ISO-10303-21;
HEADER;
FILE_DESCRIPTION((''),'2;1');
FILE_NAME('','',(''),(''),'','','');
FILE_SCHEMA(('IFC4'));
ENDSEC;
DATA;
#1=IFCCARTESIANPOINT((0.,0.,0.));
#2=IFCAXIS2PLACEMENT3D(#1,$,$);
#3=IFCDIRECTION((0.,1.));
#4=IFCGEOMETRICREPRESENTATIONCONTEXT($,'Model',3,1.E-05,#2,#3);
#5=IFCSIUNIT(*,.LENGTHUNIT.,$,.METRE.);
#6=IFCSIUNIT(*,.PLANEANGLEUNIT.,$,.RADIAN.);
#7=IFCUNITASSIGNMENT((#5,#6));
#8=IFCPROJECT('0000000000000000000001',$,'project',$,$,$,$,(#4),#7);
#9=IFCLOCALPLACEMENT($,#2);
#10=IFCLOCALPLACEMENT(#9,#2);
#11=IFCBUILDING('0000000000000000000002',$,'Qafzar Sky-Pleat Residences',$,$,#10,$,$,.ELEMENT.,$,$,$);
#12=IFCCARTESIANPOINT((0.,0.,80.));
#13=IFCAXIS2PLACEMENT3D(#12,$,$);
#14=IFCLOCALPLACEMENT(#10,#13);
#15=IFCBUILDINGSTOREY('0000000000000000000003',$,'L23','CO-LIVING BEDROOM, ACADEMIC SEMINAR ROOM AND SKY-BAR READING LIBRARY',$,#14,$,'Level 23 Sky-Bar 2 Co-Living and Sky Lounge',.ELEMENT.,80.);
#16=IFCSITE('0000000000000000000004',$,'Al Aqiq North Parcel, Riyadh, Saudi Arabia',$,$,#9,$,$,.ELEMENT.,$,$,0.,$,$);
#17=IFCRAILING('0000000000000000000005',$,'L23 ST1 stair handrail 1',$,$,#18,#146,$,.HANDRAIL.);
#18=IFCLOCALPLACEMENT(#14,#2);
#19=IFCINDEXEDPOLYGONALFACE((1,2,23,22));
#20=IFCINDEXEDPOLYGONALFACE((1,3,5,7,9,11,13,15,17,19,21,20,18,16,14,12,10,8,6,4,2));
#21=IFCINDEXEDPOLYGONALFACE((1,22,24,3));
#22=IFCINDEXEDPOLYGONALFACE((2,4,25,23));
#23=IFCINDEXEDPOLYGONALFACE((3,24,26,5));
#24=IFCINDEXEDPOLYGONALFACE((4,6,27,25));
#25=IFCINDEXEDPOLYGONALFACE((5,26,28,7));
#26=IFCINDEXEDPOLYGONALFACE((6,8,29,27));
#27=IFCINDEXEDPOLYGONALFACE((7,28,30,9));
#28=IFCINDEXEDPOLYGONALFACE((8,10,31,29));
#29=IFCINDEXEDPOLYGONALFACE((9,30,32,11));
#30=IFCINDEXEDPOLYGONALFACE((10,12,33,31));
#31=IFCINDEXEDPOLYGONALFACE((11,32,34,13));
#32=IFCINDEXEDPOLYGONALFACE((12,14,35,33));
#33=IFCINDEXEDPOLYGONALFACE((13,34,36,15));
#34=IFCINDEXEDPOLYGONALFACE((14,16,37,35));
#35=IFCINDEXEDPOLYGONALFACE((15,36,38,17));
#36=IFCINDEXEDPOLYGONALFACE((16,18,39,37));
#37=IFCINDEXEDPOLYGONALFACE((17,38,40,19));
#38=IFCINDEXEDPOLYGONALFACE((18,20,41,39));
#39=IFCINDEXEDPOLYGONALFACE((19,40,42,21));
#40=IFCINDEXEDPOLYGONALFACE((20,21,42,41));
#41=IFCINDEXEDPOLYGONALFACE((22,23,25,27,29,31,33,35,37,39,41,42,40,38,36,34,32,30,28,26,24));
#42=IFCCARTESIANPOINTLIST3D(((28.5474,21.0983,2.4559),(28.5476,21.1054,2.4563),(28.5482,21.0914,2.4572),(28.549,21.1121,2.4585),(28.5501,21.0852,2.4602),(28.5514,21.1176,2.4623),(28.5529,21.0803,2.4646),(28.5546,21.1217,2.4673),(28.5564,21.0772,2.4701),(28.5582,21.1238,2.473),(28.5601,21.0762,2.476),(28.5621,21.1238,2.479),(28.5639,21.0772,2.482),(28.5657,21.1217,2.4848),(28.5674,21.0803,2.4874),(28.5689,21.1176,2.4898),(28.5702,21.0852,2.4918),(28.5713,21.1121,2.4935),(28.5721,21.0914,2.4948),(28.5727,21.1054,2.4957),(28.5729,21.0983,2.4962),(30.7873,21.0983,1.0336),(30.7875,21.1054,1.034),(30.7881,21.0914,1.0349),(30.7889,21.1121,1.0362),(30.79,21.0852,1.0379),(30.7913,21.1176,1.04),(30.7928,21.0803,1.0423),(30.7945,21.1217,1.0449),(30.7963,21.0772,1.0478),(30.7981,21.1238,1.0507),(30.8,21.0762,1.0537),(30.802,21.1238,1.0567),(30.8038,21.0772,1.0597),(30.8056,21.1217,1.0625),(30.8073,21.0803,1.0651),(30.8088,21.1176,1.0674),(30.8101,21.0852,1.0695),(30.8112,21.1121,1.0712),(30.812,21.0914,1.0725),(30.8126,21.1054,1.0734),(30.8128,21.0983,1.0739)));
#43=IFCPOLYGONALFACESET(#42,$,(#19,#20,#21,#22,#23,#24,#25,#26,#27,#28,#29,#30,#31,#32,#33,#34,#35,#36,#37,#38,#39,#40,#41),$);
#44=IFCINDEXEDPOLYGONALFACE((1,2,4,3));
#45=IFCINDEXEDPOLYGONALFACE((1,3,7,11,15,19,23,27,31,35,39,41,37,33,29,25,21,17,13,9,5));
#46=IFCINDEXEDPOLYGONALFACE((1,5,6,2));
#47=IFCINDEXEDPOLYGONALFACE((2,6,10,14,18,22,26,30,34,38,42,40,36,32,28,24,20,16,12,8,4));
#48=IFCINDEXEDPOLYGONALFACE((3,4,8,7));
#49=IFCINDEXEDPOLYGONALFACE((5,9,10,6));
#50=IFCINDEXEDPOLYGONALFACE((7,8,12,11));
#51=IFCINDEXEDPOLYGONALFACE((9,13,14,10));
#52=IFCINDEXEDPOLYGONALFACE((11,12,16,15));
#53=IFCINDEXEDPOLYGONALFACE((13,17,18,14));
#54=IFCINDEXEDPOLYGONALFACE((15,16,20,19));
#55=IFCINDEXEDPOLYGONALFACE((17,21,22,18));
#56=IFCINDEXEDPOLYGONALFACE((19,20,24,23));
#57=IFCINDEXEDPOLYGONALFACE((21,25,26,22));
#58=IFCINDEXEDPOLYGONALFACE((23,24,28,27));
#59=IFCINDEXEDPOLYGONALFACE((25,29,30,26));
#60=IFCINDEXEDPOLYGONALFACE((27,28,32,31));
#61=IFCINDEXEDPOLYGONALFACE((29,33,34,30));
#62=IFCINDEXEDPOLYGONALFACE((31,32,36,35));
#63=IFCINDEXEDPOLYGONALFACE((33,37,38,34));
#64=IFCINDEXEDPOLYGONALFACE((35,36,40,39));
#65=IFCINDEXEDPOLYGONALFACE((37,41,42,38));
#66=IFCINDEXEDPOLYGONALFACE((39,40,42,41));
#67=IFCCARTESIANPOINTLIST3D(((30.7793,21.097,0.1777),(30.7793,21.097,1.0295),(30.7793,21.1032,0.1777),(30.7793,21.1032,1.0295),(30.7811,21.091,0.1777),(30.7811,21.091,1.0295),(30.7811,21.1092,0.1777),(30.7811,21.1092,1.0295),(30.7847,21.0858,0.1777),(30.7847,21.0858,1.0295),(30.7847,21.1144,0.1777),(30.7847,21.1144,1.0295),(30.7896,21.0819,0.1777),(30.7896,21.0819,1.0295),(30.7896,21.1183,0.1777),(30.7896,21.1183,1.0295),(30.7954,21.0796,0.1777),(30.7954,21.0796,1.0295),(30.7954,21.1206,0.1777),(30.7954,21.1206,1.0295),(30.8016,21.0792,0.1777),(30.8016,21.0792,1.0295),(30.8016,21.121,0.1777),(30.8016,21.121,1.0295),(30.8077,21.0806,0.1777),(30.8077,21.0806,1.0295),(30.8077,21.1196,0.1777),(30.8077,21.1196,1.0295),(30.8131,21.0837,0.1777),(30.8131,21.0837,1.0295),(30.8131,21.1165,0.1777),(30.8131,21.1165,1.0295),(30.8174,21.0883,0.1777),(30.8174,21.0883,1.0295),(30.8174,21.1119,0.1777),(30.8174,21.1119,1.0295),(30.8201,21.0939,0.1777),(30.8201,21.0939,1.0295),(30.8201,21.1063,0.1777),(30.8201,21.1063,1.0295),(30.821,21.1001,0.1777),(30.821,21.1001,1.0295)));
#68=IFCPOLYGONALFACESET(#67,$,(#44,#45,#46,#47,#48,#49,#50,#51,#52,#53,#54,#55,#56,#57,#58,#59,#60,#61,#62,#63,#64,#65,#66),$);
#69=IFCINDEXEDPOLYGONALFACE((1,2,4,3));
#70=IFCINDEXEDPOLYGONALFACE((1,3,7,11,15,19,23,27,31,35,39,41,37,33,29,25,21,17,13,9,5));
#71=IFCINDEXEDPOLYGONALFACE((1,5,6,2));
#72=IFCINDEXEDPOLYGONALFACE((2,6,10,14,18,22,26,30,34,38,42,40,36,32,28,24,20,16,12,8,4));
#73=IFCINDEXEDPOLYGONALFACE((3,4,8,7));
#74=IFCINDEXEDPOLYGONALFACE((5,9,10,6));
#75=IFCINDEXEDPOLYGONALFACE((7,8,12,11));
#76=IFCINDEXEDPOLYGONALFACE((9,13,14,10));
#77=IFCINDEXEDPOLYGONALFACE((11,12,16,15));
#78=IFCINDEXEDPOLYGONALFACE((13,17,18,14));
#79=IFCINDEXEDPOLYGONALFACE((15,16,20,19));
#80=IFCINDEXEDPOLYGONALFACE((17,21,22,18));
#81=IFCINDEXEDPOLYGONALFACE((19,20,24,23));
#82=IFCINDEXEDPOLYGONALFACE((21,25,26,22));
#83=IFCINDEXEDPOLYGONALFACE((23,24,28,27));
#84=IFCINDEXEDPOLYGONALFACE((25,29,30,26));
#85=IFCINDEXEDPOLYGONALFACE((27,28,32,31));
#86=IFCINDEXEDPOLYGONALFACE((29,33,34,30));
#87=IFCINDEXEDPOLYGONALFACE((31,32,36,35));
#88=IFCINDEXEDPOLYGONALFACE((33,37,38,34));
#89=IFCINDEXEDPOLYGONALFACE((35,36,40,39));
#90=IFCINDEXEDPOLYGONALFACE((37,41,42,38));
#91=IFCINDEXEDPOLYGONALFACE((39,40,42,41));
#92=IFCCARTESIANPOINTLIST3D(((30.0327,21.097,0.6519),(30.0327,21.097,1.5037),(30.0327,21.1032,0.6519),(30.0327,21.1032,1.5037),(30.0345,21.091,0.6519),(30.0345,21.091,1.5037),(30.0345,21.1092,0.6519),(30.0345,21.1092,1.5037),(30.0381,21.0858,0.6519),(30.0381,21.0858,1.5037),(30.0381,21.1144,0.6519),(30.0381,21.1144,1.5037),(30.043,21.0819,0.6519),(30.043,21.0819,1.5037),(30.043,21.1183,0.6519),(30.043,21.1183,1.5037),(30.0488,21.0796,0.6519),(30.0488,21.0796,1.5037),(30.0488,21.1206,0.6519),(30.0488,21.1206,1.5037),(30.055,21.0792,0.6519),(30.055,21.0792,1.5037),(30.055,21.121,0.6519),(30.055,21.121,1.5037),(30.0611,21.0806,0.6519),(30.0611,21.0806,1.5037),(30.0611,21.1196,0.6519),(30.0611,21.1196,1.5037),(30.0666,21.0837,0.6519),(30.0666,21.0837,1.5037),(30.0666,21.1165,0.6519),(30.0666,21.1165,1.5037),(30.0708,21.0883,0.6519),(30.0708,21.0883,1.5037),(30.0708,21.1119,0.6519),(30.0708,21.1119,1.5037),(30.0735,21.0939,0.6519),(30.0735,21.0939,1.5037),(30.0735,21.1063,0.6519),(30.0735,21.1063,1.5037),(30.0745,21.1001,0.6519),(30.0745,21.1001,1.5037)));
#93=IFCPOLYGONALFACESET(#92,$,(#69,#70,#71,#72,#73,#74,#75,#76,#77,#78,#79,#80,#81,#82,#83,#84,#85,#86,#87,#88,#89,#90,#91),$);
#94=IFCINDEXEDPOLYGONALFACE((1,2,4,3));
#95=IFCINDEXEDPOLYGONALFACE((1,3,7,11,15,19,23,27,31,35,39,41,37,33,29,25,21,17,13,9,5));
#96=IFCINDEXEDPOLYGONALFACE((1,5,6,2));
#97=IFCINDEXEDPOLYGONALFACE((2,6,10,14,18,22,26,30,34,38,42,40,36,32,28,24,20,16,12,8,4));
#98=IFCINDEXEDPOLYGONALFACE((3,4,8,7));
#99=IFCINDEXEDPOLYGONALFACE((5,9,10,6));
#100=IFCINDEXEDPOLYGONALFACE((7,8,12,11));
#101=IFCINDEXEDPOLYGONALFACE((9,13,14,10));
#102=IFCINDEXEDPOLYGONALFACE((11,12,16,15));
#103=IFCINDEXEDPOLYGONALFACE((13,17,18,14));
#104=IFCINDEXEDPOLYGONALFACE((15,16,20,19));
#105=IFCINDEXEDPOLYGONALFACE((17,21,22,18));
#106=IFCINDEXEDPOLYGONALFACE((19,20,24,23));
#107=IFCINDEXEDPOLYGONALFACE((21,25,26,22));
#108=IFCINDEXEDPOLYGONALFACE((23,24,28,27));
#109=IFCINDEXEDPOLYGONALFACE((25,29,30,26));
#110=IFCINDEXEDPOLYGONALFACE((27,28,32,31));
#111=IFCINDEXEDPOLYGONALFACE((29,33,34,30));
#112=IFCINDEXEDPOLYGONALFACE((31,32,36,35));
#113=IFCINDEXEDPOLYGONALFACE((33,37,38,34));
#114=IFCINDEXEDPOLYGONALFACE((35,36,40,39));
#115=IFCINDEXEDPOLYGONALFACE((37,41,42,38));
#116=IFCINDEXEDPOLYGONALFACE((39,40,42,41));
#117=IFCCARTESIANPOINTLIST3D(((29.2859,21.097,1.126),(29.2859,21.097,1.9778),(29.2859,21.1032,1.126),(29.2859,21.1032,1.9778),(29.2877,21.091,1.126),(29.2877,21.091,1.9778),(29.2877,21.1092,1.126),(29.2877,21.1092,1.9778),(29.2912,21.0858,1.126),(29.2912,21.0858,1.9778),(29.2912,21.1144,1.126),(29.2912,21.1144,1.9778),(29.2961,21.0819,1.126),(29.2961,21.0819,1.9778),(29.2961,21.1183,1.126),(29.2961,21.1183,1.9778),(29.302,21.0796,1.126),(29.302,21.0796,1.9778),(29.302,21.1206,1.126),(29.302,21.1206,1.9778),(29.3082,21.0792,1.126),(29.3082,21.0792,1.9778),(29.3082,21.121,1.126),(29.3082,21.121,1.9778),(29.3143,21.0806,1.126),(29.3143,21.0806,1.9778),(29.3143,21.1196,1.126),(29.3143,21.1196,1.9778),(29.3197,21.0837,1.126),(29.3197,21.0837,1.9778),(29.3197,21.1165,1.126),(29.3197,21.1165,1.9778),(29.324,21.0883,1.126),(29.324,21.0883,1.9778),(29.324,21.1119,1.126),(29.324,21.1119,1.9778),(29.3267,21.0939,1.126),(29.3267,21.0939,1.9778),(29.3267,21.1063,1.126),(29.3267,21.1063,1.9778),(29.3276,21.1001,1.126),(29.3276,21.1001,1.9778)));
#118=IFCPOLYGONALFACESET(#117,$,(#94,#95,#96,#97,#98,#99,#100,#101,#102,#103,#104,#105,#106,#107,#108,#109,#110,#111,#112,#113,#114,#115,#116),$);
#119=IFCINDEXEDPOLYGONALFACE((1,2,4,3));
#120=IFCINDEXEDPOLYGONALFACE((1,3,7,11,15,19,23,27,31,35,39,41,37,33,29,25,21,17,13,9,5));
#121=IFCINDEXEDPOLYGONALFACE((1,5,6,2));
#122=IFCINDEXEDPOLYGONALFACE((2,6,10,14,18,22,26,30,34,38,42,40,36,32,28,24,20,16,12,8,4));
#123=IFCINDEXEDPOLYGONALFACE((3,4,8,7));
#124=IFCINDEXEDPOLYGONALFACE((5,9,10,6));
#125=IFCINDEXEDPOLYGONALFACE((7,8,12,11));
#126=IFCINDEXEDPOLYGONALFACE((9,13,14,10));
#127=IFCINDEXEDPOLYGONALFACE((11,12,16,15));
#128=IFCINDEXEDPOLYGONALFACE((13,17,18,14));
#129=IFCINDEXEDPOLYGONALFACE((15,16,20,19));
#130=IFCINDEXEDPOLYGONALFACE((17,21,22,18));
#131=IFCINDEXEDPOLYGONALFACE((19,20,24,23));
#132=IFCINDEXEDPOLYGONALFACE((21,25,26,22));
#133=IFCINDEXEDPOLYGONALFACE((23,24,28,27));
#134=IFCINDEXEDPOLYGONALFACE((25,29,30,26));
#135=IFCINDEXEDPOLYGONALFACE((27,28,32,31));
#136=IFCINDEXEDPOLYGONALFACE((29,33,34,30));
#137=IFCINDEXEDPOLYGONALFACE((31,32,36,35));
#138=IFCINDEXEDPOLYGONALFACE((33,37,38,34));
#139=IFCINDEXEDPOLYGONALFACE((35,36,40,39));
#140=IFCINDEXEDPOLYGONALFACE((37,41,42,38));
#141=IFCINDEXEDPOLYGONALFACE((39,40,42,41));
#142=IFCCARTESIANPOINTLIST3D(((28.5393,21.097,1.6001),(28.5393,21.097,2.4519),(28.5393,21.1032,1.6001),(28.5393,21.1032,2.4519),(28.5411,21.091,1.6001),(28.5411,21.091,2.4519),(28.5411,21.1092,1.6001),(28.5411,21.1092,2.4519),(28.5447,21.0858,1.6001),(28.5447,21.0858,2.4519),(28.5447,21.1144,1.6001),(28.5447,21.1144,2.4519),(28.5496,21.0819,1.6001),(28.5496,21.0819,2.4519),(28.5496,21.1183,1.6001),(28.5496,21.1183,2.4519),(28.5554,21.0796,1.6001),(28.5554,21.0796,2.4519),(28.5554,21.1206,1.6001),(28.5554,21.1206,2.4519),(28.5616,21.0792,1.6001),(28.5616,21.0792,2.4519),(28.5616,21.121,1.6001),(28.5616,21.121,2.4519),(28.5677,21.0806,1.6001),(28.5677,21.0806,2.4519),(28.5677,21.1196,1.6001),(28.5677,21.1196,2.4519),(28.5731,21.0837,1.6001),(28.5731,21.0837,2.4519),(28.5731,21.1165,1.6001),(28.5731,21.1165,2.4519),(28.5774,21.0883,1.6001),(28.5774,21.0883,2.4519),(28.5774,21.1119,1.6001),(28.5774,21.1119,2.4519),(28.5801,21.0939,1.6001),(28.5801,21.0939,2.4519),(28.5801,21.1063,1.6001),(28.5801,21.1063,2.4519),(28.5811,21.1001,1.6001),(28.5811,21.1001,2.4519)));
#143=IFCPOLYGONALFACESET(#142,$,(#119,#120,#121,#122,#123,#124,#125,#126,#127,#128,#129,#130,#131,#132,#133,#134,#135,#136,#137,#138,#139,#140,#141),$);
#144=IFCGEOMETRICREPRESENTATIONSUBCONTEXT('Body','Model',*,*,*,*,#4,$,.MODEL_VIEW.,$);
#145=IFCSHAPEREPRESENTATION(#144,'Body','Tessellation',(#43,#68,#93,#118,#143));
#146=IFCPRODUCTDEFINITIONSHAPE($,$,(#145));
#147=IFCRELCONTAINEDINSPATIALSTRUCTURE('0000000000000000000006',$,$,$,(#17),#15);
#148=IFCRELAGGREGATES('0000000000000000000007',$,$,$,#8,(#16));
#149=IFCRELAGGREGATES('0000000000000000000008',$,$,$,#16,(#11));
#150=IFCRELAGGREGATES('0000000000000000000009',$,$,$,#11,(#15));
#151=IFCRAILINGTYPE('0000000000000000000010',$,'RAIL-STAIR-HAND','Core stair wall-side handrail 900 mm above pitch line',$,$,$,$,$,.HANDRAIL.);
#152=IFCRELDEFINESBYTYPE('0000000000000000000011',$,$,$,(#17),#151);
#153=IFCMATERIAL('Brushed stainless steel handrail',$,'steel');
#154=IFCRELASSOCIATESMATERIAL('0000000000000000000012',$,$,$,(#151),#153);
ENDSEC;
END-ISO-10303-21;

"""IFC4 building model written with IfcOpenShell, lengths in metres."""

from ifc_helpers import new_model, si_unit, direction, frame, origin, origin_2d, place, context, subcontext, project, spatial, circle, extrude, source, transform, mapped, material, type_object, element, save


model = new_model("IFC4")

# Units and contexts
model_context = context("Model", 3, precision=1e-05, world=origin(), true_north=direction((0.0, 1.0)))
body_context = subcontext(model_context, "Body", "Model", "MODEL_VIEW")
ifc_project = project(units=[si_unit("LENGTHUNIT", "METRE"), si_unit("PLANEANGLEUNIT", "RADIAN")], contexts=[model_context])

# Site, building, storey
site_placement = place(None, origin())
site = spatial("IfcSite", under=ifc_project, at=site_placement, Name="Al Aqiq North Parcel, Riyadh, Saudi Arabia", CompositionType="ELEMENT", RefElevation=0.0)
building_placement = place(site_placement, origin())
building = spatial("IfcBuilding", under=site, at=building_placement, Name="Qafzar Sky-Pleat Residences", CompositionType="ELEMENT")
storey_placement = place(building_placement, frame((0.0, 0.0, 80.0)))
storey = spatial("IfcBuildingStorey", under=building, at=storey_placement, Name="L23", Description="CO-LIVING BEDROOM, ACADEMIC SEMINAR ROOM AND SKY-BAR READING LIBRARY", LongName="Level 23 Sky-Bar 2 Co-Living and Sky Lounge", CompositionType="ELEMENT", Elevation=80.0)

# Railing
ifc_material_1 = material(Name="Brushed stainless steel handrail", Category="steel")
railing_type_1 = type_object("IfcRailingType", Name="RAIL-STAIR-HAND", Description="Core stair wall-side handrail 900 mm above pitch line", PredefinedType="HANDRAIL", material=ifc_material_1)
shared_shape_1 = source(origin(), body_context, "Body", "SweptSolid", [
    extrude(circle(Radius=0.0239, at=origin_2d()), frame((0.0, 0.0, 0.876), z_axis=(-0.844188, 0.0, 0.536048), x_axis=(0.0, -1.0, 0.0)), (0.0, 0.0, 1.0), 2.6533),
    extrude(circle(Radius=0.021, at=origin_2d()), origin(), (0.0, 0.0, 1.0), 0.8518),
    extrude(circle(Radius=0.021, at=origin_2d()), frame((-0.7466, 0.0, 0.4741)), (0.0, 0.0, 1.0), 0.8518),
    extrude(circle(Radius=0.021, at=origin_2d()), frame((-1.4934, 0.0, 0.9482)), (0.0, 0.0, 1.0), 0.8518),
    extrude(circle(Radius=0.021, at=origin_2d()), frame((-2.24, 0.0, 1.4224)), (0.0, 0.0, 1.0), 0.8518),
])
railing_1_placement = place(storey_placement, frame((30.8, 21.1001, 0.1777)))
element("IfcRailing", 1, at=railing_1_placement, inside=storey, type_object=railing_type_1, Name="L23 ST1 stair handrail 1", PredefinedType="HANDRAIL", context=body_context, shape_type="MappedRepresentation", body=[
    mapped(shared_shape_1, transform((0.0, 0.0, 0.0), x_axis=(1.0, 0.0, 0.0), y_axis=(0.0, 1.0, 0.0), z_axis=(0.0, 0.0, 1.0), scale=1.0)),
])

save(model, "model.ifc")
